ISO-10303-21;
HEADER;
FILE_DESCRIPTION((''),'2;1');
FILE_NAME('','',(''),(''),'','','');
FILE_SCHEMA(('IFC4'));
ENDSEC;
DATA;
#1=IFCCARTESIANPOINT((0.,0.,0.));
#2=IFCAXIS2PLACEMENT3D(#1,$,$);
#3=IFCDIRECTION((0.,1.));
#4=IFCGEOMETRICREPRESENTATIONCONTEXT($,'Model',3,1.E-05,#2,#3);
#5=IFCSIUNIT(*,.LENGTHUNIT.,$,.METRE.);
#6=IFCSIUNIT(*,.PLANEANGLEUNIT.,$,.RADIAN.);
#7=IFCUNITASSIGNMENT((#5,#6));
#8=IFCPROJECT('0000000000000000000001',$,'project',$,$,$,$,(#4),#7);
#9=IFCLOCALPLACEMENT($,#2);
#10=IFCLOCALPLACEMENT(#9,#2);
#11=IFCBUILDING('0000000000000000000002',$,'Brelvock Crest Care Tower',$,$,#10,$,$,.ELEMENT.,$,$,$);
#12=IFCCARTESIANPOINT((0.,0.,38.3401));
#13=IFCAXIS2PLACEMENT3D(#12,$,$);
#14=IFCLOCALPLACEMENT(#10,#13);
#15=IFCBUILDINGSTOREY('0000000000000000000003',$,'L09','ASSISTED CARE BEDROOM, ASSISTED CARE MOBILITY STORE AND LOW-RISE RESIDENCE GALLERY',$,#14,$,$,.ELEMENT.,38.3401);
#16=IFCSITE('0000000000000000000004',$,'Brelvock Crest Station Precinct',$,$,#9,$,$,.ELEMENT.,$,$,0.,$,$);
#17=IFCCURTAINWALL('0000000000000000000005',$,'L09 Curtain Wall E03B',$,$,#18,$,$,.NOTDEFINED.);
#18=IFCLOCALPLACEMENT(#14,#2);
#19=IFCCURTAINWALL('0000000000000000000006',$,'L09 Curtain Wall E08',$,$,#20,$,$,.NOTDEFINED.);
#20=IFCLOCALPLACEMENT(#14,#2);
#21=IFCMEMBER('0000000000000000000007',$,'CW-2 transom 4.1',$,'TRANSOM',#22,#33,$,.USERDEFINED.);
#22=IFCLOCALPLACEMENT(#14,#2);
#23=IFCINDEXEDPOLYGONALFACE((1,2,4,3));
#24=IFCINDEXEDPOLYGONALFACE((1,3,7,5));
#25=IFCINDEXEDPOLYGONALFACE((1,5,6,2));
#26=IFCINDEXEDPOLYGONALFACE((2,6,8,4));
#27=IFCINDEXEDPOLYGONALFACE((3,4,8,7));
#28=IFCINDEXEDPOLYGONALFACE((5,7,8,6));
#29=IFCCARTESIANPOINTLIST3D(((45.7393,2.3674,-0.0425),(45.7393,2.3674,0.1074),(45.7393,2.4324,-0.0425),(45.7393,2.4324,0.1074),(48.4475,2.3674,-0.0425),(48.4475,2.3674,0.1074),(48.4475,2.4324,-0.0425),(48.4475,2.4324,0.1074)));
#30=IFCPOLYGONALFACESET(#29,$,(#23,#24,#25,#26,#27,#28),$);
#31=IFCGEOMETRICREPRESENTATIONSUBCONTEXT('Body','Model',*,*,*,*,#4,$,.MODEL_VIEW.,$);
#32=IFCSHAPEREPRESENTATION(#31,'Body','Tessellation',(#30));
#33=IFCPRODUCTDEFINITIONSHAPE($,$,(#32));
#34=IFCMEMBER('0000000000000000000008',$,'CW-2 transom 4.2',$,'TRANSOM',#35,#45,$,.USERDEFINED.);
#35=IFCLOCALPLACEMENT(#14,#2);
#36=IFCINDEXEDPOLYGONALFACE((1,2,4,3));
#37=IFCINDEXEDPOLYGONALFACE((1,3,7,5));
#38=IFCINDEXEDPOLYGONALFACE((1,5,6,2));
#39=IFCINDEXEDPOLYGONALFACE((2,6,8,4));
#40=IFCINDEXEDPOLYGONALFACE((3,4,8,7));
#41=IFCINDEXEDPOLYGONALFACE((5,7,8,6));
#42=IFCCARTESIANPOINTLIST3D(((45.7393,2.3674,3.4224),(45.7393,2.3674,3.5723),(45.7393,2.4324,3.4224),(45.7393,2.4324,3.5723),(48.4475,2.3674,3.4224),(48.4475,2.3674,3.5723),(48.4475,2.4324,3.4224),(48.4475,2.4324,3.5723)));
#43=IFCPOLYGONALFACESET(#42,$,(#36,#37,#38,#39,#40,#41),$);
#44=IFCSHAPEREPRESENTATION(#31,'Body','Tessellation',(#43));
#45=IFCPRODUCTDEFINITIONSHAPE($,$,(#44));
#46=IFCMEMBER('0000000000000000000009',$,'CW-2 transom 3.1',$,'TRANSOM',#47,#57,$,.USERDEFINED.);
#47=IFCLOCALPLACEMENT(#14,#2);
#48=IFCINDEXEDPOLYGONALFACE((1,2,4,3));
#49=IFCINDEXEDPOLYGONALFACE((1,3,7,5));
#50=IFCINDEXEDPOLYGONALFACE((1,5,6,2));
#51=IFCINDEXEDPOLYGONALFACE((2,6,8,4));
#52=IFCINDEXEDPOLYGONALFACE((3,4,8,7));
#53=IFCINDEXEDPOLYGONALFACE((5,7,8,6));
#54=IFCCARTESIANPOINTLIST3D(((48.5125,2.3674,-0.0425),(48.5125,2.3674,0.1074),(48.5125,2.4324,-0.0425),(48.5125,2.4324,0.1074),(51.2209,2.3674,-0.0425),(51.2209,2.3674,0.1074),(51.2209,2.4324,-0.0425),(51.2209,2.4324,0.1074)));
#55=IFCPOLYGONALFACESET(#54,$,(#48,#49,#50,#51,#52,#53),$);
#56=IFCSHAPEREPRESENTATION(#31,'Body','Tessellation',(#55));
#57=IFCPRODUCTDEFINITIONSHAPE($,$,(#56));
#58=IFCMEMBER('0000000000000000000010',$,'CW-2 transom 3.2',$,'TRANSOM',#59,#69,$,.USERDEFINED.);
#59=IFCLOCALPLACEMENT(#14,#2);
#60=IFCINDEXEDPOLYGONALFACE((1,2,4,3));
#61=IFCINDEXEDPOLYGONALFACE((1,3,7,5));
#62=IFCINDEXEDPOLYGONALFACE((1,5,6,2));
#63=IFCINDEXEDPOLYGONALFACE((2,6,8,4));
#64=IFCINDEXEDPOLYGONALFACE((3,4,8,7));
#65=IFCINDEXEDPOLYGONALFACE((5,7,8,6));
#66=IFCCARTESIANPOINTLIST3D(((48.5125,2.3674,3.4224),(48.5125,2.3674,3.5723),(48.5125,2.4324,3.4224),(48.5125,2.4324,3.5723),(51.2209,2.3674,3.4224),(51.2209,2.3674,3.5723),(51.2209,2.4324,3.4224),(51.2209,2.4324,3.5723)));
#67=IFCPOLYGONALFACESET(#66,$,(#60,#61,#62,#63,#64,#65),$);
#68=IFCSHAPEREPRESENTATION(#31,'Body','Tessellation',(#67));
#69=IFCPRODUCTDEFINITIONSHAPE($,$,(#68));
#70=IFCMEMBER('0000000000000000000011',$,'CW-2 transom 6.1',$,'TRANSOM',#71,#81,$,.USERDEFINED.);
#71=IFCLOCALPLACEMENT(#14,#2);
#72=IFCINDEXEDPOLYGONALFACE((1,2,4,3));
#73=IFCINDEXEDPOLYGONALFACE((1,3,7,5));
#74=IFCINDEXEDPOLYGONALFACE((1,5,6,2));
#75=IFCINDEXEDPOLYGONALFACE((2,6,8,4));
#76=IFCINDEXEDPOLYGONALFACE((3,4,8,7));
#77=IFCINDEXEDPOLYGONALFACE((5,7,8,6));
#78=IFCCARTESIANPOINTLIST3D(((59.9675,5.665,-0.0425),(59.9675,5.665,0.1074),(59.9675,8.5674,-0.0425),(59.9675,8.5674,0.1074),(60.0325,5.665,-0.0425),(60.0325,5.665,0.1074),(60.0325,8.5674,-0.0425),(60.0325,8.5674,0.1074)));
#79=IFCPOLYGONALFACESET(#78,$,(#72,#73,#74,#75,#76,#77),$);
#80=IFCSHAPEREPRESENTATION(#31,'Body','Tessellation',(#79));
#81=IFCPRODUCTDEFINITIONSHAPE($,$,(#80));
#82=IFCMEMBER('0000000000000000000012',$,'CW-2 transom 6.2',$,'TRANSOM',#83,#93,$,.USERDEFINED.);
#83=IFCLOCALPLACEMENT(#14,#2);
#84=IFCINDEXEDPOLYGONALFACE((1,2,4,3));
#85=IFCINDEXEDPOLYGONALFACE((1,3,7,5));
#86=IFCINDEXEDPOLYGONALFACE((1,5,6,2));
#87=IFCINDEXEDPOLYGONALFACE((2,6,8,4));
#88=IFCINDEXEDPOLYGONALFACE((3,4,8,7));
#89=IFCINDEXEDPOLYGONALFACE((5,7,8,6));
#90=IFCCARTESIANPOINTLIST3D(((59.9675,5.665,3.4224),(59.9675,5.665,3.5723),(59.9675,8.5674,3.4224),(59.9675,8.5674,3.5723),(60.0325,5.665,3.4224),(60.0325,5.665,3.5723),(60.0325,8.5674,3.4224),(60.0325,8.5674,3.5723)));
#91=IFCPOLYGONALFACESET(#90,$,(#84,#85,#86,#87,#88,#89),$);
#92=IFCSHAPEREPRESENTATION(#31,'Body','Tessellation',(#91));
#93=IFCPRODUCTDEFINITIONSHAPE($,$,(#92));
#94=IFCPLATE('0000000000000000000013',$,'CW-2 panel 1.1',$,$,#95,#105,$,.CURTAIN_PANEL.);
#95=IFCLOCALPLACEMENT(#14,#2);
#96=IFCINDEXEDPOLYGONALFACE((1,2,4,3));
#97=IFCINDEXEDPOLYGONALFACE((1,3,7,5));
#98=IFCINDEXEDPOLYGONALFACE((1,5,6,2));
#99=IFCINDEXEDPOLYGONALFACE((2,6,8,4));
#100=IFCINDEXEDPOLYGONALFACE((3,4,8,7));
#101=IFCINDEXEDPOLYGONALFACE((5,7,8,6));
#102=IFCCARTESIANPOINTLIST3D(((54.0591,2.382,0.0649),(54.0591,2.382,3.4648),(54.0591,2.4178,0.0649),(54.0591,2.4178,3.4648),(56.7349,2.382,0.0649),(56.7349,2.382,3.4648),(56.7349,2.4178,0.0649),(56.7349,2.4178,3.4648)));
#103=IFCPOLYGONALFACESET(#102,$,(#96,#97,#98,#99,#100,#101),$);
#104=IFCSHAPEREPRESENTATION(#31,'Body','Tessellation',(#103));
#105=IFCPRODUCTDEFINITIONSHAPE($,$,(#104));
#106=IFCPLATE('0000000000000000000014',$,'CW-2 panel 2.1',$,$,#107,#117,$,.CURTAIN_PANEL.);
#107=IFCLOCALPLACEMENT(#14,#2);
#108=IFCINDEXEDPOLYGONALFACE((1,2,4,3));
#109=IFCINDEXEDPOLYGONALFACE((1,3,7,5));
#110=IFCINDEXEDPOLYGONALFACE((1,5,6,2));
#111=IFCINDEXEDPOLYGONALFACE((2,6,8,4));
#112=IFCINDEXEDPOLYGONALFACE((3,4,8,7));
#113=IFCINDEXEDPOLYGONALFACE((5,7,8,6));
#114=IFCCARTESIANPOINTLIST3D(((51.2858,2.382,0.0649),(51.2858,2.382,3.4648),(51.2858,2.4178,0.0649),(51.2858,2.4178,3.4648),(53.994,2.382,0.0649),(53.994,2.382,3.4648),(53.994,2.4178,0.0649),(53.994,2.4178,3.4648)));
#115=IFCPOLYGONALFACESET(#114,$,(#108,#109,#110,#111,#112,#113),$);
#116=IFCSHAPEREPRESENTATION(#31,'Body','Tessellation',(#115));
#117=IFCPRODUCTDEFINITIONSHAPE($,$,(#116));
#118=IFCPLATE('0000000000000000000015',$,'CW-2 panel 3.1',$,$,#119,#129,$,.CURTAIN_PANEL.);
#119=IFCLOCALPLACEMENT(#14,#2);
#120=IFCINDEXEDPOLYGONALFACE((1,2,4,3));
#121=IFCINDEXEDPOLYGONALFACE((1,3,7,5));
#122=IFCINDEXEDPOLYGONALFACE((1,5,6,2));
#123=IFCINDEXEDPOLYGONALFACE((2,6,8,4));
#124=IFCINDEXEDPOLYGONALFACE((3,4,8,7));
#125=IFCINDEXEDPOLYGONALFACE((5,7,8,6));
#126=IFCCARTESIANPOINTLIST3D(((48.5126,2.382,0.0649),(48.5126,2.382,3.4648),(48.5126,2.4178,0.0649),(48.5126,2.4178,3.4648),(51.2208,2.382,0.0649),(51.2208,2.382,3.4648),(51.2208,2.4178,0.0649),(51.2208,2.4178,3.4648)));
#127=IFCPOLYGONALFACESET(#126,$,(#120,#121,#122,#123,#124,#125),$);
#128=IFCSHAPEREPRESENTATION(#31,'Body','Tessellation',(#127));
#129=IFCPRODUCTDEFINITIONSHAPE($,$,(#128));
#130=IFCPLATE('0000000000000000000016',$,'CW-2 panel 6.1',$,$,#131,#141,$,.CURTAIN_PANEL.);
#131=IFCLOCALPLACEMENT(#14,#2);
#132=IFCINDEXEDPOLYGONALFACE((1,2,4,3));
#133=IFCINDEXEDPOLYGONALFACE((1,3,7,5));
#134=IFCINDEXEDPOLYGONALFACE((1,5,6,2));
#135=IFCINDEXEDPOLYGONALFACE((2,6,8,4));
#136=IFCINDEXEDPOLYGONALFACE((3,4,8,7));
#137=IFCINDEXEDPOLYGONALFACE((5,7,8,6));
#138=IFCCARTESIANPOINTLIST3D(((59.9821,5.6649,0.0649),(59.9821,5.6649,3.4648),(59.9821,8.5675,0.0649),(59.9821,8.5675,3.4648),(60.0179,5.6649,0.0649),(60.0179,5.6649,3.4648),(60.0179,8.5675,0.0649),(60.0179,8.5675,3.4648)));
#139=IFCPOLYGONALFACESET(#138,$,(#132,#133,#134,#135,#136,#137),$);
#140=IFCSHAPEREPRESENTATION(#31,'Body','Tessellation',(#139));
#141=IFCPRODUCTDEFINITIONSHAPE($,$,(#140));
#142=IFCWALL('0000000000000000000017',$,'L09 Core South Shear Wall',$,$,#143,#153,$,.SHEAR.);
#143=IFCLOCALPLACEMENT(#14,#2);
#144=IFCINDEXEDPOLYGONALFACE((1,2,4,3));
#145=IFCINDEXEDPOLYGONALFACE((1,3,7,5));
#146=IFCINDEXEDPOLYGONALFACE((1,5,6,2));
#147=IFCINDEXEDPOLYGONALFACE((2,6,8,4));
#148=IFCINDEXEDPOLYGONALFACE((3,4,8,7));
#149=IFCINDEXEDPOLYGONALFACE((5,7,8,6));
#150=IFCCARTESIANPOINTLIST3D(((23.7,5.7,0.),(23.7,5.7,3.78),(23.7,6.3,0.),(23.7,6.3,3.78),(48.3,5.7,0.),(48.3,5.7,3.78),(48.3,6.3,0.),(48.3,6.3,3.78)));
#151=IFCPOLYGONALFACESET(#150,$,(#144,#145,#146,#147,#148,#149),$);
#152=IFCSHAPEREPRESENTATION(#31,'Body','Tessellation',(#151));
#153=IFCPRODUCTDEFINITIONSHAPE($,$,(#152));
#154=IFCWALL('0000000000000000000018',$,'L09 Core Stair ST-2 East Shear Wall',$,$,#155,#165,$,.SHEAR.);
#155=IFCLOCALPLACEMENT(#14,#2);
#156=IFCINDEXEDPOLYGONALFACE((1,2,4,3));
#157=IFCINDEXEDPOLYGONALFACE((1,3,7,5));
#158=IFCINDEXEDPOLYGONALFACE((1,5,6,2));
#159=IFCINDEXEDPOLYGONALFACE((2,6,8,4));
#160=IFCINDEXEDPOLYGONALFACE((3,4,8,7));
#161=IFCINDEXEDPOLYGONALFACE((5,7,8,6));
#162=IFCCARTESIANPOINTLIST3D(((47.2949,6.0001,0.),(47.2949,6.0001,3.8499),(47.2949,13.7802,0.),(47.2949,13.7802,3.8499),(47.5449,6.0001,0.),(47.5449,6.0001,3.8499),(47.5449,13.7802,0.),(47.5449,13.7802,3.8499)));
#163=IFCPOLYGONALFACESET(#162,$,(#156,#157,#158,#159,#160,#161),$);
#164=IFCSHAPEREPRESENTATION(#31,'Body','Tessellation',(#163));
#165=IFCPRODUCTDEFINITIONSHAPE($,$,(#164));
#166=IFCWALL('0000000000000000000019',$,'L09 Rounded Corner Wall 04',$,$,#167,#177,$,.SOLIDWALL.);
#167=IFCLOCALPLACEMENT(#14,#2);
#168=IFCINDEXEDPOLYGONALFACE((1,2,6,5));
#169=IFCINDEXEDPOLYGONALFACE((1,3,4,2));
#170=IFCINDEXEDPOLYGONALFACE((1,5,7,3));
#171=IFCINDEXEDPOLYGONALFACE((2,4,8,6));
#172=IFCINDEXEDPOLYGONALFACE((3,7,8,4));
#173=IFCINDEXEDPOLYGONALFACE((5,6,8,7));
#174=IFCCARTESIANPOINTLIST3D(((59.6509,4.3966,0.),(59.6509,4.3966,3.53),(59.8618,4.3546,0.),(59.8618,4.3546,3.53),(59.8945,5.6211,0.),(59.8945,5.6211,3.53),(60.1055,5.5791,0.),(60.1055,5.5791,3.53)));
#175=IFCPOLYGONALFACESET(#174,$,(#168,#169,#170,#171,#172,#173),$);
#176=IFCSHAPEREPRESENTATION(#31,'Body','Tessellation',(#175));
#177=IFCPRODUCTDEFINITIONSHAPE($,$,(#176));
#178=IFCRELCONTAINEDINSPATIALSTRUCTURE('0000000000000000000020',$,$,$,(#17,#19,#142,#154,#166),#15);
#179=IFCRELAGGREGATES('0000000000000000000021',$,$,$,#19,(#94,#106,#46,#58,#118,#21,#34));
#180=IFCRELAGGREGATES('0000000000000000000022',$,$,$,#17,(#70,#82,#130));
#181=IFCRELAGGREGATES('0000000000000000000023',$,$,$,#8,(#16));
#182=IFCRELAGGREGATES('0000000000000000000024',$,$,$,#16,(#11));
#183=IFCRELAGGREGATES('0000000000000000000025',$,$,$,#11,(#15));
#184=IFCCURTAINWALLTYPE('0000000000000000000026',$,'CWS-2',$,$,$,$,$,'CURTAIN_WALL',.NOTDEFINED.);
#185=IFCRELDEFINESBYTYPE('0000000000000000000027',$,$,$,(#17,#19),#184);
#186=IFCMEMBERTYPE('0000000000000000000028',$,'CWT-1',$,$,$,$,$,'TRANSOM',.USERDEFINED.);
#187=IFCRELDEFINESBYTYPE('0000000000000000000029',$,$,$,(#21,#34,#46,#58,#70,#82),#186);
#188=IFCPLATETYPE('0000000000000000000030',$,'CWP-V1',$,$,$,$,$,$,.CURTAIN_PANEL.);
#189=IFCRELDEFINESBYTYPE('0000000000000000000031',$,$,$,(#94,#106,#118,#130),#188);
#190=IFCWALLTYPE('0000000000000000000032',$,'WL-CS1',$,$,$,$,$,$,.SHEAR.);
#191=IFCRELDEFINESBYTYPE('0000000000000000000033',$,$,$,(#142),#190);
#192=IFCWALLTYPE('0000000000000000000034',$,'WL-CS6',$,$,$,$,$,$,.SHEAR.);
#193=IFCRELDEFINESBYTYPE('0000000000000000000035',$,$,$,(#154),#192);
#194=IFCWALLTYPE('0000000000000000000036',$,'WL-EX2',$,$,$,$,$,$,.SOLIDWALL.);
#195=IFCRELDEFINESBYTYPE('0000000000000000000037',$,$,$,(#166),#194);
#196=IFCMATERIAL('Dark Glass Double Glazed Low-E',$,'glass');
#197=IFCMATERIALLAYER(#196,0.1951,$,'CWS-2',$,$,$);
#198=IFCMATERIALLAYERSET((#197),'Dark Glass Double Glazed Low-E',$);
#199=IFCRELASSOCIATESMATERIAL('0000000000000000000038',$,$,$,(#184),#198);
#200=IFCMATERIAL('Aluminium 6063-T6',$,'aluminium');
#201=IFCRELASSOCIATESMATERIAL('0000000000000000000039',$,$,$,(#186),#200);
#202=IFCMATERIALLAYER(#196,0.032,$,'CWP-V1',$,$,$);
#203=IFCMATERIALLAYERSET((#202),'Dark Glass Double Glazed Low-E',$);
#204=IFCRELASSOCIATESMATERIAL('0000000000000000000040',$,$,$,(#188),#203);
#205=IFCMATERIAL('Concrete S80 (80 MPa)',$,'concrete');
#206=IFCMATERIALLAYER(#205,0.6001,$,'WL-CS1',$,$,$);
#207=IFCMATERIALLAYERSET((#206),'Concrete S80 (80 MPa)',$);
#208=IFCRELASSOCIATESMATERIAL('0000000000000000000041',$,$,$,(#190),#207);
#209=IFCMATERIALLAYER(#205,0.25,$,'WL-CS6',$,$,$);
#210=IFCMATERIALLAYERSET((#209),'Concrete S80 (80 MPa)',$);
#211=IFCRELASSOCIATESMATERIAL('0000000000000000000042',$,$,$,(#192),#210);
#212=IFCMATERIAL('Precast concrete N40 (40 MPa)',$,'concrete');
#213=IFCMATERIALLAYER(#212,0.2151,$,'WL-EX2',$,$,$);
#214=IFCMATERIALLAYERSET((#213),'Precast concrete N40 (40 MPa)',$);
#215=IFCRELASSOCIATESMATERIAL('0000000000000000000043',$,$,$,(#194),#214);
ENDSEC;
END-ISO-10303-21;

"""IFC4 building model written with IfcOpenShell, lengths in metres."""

from ifc_helpers import new_model, si_unit, direction, frame, frame_2d, origin, origin_2d, place, context, subcontext, project, spatial, rectangle, extrude, source, transform, mapped, material, layer, layer_set, material_profile, profile_set, type_object, element, aggregate, save


model = new_model("IFC4")

# Units and contexts
model_context = context("Model", 3, precision=1e-05, world=origin(), true_north=direction((0.0, 1.0)))
body_context = subcontext(model_context, "Body", "Model", "MODEL_VIEW")
ifc_project = project(units=[si_unit("LENGTHUNIT", "METRE"), si_unit("PLANEANGLEUNIT", "RADIAN")], contexts=[model_context])

# Site, building, storey
site_placement = place(None, origin())
site = spatial("IfcSite", under=ifc_project, at=site_placement, Name="Brelvock Crest Station Precinct", CompositionType="ELEMENT", RefElevation=0.0)
building_placement = place(site_placement, origin())
building = spatial("IfcBuilding", under=site, at=building_placement, Name="Brelvock Crest Care Tower", CompositionType="ELEMENT")
storey_placement = place(building_placement, frame((0.0, 0.0, 38.3401)))
storey = spatial("IfcBuildingStorey", under=building, at=storey_placement, Name="L09", Description="ASSISTED CARE BEDROOM, ASSISTED CARE MOBILITY STORE AND LOW-RISE RESIDENCE GALLERY", CompositionType="ELEMENT", Elevation=38.3401)

# Shared definitions
ifc_material_1 = material(Name="Concrete S80 (80 MPa)", Category="concrete")

# Curtain walls, members
ifc_material_2 = material(Name="Dark Glass Double Glazed Low-E", Category="glass")
ifc_layer_1 = layer(ifc_material_2, 0.1951, Name="CWS-2")
ifc_layer_set_1 = layer_set([ifc_layer_1], Name="Dark Glass Double Glazed Low-E")
curtain_wall_type = type_object("IfcCurtainWallType", Name="CWS-2", ElementType="CURTAIN_WALL", PredefinedType="NOTDEFINED", material=ifc_layer_set_1)
curtain_wall_1_placement = place(storey_placement, origin())
curtain_wall_1 = element("IfcCurtainWall", 1, at=curtain_wall_1_placement, inside=storey, type_object=curtain_wall_type, Name="L09 Curtain Wall E03B", PredefinedType="NOTDEFINED")
ifc_material_3 = material(Name="Aluminium 6063-T6", Category="aluminium")
curtain_wall_2_placement = place(storey_placement, origin())
curtain_wall_2 = element("IfcCurtainWall", 2, at=curtain_wall_2_placement, inside=storey, type_object=curtain_wall_type, Name="L09 Curtain Wall E08", PredefinedType="NOTDEFINED")
ifc_material_profile_1 = material_profile(ifc_material_3, rectangle(XDim=0.0649, YDim=0.1499, at=origin_2d()), Name="ALU65x150")
ifc_profile_set_1 = profile_set([ifc_material_profile_1], Name="Aluminium 6063-T6")
member_type_1 = type_object("IfcMemberType", Name="CWT-1", ElementType="TRANSOM", PredefinedType="USERDEFINED", material=ifc_profile_set_1)
shared_shape_1 = source(origin(), body_context, "Body", "SweptSolid", [
    extrude(rectangle(XDim=0.0649, YDim=0.1499, at=origin_2d()), origin(), (0.0, 0.0, 1.0), 2.7083),
])
member_1_placement = place(storey_placement, frame((48.4475, 2.3999, 0.0325), z_axis=(-1.0, 0.0, 0.0), x_axis=(0.0, -1.0, 0.0)))
member_1 = element("IfcMember", 3, at=member_1_placement, type_object=member_type_1, Name="CW-2 transom 4.1", ObjectType="TRANSOM", PredefinedType="USERDEFINED", context=body_context, shape_type="MappedRepresentation", body=[
    mapped(shared_shape_1, transform((0.0, 0.0, 0.0), x_axis=(1.0, 0.0, 0.0), y_axis=(0.0, 1.0, 0.0), z_axis=(0.0, 0.0, 1.0), scale=1.0)),
])
member_2_placement = place(storey_placement, frame((48.4475, 2.3999, 3.4973), z_axis=(-1.0, 0.0, 0.0), x_axis=(0.0, -1.0, 0.0)))
member_2 = element("IfcMember", 4, at=member_2_placement, type_object=member_type_1, Name="CW-2 transom 4.2", ObjectType="TRANSOM", PredefinedType="USERDEFINED", context=body_context, shape_type="MappedRepresentation", body=[
    mapped(shared_shape_1, transform((0.0, 0.0, 0.0), x_axis=(1.0, 0.0, 0.0), y_axis=(0.0, 1.0, 0.0), z_axis=(0.0, 0.0, 1.0), scale=1.0)),
])
shared_shape_2 = source(origin(), body_context, "Body", "SweptSolid", [
    extrude(rectangle(XDim=0.0649, YDim=0.1499, at=origin_2d()), origin(), (0.0, 0.0, 1.0), 2.7085),
])
member_3_placement = place(storey_placement, frame((51.2209, 2.3999, 0.0325), z_axis=(-1.0, 0.0, 0.0), x_axis=(0.0, -1.0, 0.0)))
member_3 = element("IfcMember", 5, at=member_3_placement, type_object=member_type_1, Name="CW-2 transom 3.1", ObjectType="TRANSOM", PredefinedType="USERDEFINED", context=body_context, shape_type="MappedRepresentation", body=[
    mapped(shared_shape_2, transform((0.0, 0.0, 0.0), x_axis=(1.0, 0.0, 0.0), y_axis=(0.0, 1.0, 0.0), z_axis=(0.0, 0.0, 1.0), scale=1.0)),
])
member_4_placement = place(storey_placement, frame((51.2209, 2.3999, 3.4973), z_axis=(-1.0, 0.0, 0.0), x_axis=(0.0, -1.0, 0.0)))
member_4 = element("IfcMember", 6, at=member_4_placement, type_object=member_type_1, Name="CW-2 transom 3.2", ObjectType="TRANSOM", PredefinedType="USERDEFINED", context=body_context, shape_type="MappedRepresentation", body=[
    mapped(shared_shape_2, transform((0.0, 0.0, 0.0), x_axis=(1.0, 0.0, 0.0), y_axis=(0.0, 1.0, 0.0), z_axis=(0.0, 0.0, 1.0), scale=1.0)),
])

# Members
shared_shape_3 = source(origin(), body_context, "Body", "SweptSolid", [
    extrude(rectangle(XDim=0.0649, YDim=0.1499, at=origin_2d()), origin(), (0.0, 0.0, 1.0), 2.9023),
])
member_5_placement = place(storey_placement, frame((60.0, 8.5674, 0.0325), z_axis=(0.0, -1.0, 0.0), x_axis=(1.0, 0.0, 0.0)))
member_5 = element("IfcMember", 7, at=member_5_placement, type_object=member_type_1, Name="CW-2 transom 6.1", ObjectType="TRANSOM", PredefinedType="USERDEFINED", context=body_context, shape_type="MappedRepresentation", body=[
    mapped(shared_shape_3, transform((0.0, 0.0, 0.0), x_axis=(1.0, 0.0, 0.0), y_axis=(0.0, 1.0, 0.0), z_axis=(0.0, 0.0, 1.0), scale=1.0)),
])
member_6_placement = place(storey_placement, frame((60.0, 8.5674, 3.4973), z_axis=(0.0, -1.0, 0.0), x_axis=(1.0, 0.0, 0.0)))
member_6 = element("IfcMember", 8, at=member_6_placement, type_object=member_type_1, Name="CW-2 transom 6.2", ObjectType="TRANSOM", PredefinedType="USERDEFINED", context=body_context, shape_type="MappedRepresentation", body=[
    mapped(shared_shape_3, transform((0.0, 0.0, 0.0), x_axis=(1.0, 0.0, 0.0), y_axis=(0.0, 1.0, 0.0), z_axis=(0.0, 0.0, 1.0), scale=1.0)),
])

# Plates
ifc_layer_2 = layer(ifc_material_2, 0.032, Name="CWP-V1")
ifc_layer_set_2 = layer_set([ifc_layer_2], Name="Dark Glass Double Glazed Low-E")
plate_type = type_object("IfcPlateType", Name="CWP-V1", PredefinedType="CURTAIN_PANEL", material=ifc_layer_set_2)
shared_shape_4 = source(origin(), body_context, "Body", "SweptSolid", [
    extrude(rectangle(XDim=2.6758, YDim=0.0359, at=origin_2d()), origin(), (0.0, 0.0, 1.0), 3.3999),
])
plate_1_placement = place(storey_placement, frame((55.397, 2.3999, 0.0649), z_axis=(0.0, 0.0, 1.0), x_axis=(-1.0, 0.0, 0.0)))
plate_1 = element("IfcPlate", 9, at=plate_1_placement, type_object=plate_type, Name="CW-2 panel 1.1", PredefinedType="CURTAIN_PANEL", context=body_context, shape_type="MappedRepresentation", body=[
    mapped(shared_shape_4, transform((0.0, 0.0, 0.0), x_axis=(1.0, 0.0, 0.0), y_axis=(0.0, 1.0, 0.0), z_axis=(0.0, 0.0, 1.0), scale=1.0)),
])
shared_shape_5 = source(origin(), body_context, "Body", "SweptSolid", [
    extrude(rectangle(XDim=2.7083, YDim=0.0359, at=origin_2d()), origin(), (0.0, 0.0, 1.0), 3.3999),
])
plate_2_placement = place(storey_placement, frame((52.6399, 2.3999, 0.0649), z_axis=(0.0, 0.0, 1.0), x_axis=(-1.0, 0.0, 0.0)))
plate_2 = element("IfcPlate", 10, at=plate_2_placement, type_object=plate_type, Name="CW-2 panel 2.1", PredefinedType="CURTAIN_PANEL", context=body_context, shape_type="MappedRepresentation", body=[
    mapped(shared_shape_5, transform((0.0, 0.0, 0.0), x_axis=(1.0, 0.0, 0.0), y_axis=(0.0, 1.0, 0.0), z_axis=(0.0, 0.0, 1.0), scale=1.0)),
])
plate_3_placement = place(storey_placement, frame((49.8667, 2.3999, 0.0649), z_axis=(0.0, 0.0, 1.0), x_axis=(-1.0, 0.0, 0.0)))
plate_3 = element("IfcPlate", 11, at=plate_3_placement, type_object=plate_type, Name="CW-2 panel 3.1", PredefinedType="CURTAIN_PANEL", context=body_context, shape_type="MappedRepresentation", body=[
    mapped(shared_shape_5, transform((0.0, 0.0, 0.0), x_axis=(1.0, 0.0, 0.0), y_axis=(0.0, 1.0, 0.0), z_axis=(0.0, 0.0, 1.0), scale=1.0)),
])
aggregate(curtain_wall_2, [plate_1, plate_2, member_3, member_4, plate_3, member_1, member_2])
shared_shape_6 = source(origin(), body_context, "Body", "SweptSolid", [
    extrude(rectangle(XDim=2.9026, YDim=0.0359, at=origin_2d()), origin(), (0.0, 0.0, 1.0), 3.3999),
])
plate_4_placement = place(storey_placement, frame((60.0, 7.1162, 0.0649), z_axis=(0.0, 0.0, 1.0), x_axis=(0.0, -1.0, 0.0)))
plate_4 = element("IfcPlate", 12, at=plate_4_placement, type_object=plate_type, Name="CW-2 panel 6.1", PredefinedType="CURTAIN_PANEL", context=body_context, shape_type="MappedRepresentation", body=[
    mapped(shared_shape_6, transform((0.0, 0.0, 0.0), x_axis=(1.0, 0.0, 0.0), y_axis=(0.0, 1.0, 0.0), z_axis=(0.0, 0.0, 1.0), scale=1.0)),
])
aggregate(curtain_wall_1, [member_5, member_6, plate_4])

# Walls
ifc_layer_3 = layer(ifc_material_1, 0.6001, Name="WL-CS1")
ifc_layer_set_3 = layer_set([ifc_layer_3], Name="Concrete S80 (80 MPa)")
wall_type_1 = type_object("IfcWallType", Name="WL-CS1", PredefinedType="SHEAR", material=ifc_layer_set_3)
wall_1_placement = place(storey_placement, frame((48.3, 6.0, 0.0), z_axis=(0.0, 0.0, 1.0), x_axis=(-1.0, 0.0, 0.0)))
element("IfcWall", 13, at=wall_1_placement, inside=storey, type_object=wall_type_1, Name="L09 Core South Shear Wall", PredefinedType="SHEAR", context=body_context, shape_type="SweptSolid", body=[
    extrude(rectangle(XDim=24.6001, YDim=0.6001, at=frame_2d((12.3, 0.0))), origin(), (0.0, 0.0, 1.0), 3.78),
])
ifc_layer_4 = layer(ifc_material_1, 0.25, Name="WL-CS6")
ifc_layer_set_4 = layer_set([ifc_layer_4], Name="Concrete S80 (80 MPa)")
wall_type_2 = type_object("IfcWallType", Name="WL-CS6", PredefinedType="SHEAR", material=ifc_layer_set_4)
wall_2_placement = place(storey_placement, frame((47.4199, 6.0, 0.0), z_axis=(0.0, 0.0, 1.0), x_axis=(0.0, 1.0, 0.0)))
element("IfcWall", 14, at=wall_2_placement, inside=storey, type_object=wall_type_2, Name="L09 Core Stair ST-2 East Shear Wall", PredefinedType="SHEAR", context=body_context, shape_type="SweptSolid", body=[
    extrude(rectangle(XDim=7.78, YDim=0.25, at=frame_2d((3.8901, 0.0))), origin(), (0.0, 0.0, 1.0), 3.8499),
])
ifc_material_4 = material(Name="Precast concrete N40 (40 MPa)", Category="concrete")
ifc_layer_5 = layer(ifc_material_4, 0.2151, Name="WL-EX2")
ifc_layer_set_5 = layer_set([ifc_layer_5], Name="Precast concrete N40 (40 MPa)")
wall_type_3 = type_object("IfcWallType", Name="WL-EX2", PredefinedType="SOLIDWALL", material=ifc_layer_set_5)
for number, where, z_axis, x_axis, name in (
    (15, (60.0, 5.6001, 0.0), (0.0, 0.0, 1.0), (-0.195138, -0.980776, 0.0), "L09 Rounded Corner Wall 04"),
):
    element("IfcWall", number, at=place(storey_placement, frame(where, z_axis=z_axis, x_axis=x_axis)), inside=storey, type_object=wall_type_3, Name=name, PredefinedType="SOLIDWALL", context=body_context, shape_type="SweptSolid", body=[
        extrude(rectangle(XDim=1.2485, YDim=0.2151, at=frame_2d((0.6243, 0.0))), origin(), (0.0, 0.0, 1.0), 3.53),
    ])

save(model, "model.ifc")
